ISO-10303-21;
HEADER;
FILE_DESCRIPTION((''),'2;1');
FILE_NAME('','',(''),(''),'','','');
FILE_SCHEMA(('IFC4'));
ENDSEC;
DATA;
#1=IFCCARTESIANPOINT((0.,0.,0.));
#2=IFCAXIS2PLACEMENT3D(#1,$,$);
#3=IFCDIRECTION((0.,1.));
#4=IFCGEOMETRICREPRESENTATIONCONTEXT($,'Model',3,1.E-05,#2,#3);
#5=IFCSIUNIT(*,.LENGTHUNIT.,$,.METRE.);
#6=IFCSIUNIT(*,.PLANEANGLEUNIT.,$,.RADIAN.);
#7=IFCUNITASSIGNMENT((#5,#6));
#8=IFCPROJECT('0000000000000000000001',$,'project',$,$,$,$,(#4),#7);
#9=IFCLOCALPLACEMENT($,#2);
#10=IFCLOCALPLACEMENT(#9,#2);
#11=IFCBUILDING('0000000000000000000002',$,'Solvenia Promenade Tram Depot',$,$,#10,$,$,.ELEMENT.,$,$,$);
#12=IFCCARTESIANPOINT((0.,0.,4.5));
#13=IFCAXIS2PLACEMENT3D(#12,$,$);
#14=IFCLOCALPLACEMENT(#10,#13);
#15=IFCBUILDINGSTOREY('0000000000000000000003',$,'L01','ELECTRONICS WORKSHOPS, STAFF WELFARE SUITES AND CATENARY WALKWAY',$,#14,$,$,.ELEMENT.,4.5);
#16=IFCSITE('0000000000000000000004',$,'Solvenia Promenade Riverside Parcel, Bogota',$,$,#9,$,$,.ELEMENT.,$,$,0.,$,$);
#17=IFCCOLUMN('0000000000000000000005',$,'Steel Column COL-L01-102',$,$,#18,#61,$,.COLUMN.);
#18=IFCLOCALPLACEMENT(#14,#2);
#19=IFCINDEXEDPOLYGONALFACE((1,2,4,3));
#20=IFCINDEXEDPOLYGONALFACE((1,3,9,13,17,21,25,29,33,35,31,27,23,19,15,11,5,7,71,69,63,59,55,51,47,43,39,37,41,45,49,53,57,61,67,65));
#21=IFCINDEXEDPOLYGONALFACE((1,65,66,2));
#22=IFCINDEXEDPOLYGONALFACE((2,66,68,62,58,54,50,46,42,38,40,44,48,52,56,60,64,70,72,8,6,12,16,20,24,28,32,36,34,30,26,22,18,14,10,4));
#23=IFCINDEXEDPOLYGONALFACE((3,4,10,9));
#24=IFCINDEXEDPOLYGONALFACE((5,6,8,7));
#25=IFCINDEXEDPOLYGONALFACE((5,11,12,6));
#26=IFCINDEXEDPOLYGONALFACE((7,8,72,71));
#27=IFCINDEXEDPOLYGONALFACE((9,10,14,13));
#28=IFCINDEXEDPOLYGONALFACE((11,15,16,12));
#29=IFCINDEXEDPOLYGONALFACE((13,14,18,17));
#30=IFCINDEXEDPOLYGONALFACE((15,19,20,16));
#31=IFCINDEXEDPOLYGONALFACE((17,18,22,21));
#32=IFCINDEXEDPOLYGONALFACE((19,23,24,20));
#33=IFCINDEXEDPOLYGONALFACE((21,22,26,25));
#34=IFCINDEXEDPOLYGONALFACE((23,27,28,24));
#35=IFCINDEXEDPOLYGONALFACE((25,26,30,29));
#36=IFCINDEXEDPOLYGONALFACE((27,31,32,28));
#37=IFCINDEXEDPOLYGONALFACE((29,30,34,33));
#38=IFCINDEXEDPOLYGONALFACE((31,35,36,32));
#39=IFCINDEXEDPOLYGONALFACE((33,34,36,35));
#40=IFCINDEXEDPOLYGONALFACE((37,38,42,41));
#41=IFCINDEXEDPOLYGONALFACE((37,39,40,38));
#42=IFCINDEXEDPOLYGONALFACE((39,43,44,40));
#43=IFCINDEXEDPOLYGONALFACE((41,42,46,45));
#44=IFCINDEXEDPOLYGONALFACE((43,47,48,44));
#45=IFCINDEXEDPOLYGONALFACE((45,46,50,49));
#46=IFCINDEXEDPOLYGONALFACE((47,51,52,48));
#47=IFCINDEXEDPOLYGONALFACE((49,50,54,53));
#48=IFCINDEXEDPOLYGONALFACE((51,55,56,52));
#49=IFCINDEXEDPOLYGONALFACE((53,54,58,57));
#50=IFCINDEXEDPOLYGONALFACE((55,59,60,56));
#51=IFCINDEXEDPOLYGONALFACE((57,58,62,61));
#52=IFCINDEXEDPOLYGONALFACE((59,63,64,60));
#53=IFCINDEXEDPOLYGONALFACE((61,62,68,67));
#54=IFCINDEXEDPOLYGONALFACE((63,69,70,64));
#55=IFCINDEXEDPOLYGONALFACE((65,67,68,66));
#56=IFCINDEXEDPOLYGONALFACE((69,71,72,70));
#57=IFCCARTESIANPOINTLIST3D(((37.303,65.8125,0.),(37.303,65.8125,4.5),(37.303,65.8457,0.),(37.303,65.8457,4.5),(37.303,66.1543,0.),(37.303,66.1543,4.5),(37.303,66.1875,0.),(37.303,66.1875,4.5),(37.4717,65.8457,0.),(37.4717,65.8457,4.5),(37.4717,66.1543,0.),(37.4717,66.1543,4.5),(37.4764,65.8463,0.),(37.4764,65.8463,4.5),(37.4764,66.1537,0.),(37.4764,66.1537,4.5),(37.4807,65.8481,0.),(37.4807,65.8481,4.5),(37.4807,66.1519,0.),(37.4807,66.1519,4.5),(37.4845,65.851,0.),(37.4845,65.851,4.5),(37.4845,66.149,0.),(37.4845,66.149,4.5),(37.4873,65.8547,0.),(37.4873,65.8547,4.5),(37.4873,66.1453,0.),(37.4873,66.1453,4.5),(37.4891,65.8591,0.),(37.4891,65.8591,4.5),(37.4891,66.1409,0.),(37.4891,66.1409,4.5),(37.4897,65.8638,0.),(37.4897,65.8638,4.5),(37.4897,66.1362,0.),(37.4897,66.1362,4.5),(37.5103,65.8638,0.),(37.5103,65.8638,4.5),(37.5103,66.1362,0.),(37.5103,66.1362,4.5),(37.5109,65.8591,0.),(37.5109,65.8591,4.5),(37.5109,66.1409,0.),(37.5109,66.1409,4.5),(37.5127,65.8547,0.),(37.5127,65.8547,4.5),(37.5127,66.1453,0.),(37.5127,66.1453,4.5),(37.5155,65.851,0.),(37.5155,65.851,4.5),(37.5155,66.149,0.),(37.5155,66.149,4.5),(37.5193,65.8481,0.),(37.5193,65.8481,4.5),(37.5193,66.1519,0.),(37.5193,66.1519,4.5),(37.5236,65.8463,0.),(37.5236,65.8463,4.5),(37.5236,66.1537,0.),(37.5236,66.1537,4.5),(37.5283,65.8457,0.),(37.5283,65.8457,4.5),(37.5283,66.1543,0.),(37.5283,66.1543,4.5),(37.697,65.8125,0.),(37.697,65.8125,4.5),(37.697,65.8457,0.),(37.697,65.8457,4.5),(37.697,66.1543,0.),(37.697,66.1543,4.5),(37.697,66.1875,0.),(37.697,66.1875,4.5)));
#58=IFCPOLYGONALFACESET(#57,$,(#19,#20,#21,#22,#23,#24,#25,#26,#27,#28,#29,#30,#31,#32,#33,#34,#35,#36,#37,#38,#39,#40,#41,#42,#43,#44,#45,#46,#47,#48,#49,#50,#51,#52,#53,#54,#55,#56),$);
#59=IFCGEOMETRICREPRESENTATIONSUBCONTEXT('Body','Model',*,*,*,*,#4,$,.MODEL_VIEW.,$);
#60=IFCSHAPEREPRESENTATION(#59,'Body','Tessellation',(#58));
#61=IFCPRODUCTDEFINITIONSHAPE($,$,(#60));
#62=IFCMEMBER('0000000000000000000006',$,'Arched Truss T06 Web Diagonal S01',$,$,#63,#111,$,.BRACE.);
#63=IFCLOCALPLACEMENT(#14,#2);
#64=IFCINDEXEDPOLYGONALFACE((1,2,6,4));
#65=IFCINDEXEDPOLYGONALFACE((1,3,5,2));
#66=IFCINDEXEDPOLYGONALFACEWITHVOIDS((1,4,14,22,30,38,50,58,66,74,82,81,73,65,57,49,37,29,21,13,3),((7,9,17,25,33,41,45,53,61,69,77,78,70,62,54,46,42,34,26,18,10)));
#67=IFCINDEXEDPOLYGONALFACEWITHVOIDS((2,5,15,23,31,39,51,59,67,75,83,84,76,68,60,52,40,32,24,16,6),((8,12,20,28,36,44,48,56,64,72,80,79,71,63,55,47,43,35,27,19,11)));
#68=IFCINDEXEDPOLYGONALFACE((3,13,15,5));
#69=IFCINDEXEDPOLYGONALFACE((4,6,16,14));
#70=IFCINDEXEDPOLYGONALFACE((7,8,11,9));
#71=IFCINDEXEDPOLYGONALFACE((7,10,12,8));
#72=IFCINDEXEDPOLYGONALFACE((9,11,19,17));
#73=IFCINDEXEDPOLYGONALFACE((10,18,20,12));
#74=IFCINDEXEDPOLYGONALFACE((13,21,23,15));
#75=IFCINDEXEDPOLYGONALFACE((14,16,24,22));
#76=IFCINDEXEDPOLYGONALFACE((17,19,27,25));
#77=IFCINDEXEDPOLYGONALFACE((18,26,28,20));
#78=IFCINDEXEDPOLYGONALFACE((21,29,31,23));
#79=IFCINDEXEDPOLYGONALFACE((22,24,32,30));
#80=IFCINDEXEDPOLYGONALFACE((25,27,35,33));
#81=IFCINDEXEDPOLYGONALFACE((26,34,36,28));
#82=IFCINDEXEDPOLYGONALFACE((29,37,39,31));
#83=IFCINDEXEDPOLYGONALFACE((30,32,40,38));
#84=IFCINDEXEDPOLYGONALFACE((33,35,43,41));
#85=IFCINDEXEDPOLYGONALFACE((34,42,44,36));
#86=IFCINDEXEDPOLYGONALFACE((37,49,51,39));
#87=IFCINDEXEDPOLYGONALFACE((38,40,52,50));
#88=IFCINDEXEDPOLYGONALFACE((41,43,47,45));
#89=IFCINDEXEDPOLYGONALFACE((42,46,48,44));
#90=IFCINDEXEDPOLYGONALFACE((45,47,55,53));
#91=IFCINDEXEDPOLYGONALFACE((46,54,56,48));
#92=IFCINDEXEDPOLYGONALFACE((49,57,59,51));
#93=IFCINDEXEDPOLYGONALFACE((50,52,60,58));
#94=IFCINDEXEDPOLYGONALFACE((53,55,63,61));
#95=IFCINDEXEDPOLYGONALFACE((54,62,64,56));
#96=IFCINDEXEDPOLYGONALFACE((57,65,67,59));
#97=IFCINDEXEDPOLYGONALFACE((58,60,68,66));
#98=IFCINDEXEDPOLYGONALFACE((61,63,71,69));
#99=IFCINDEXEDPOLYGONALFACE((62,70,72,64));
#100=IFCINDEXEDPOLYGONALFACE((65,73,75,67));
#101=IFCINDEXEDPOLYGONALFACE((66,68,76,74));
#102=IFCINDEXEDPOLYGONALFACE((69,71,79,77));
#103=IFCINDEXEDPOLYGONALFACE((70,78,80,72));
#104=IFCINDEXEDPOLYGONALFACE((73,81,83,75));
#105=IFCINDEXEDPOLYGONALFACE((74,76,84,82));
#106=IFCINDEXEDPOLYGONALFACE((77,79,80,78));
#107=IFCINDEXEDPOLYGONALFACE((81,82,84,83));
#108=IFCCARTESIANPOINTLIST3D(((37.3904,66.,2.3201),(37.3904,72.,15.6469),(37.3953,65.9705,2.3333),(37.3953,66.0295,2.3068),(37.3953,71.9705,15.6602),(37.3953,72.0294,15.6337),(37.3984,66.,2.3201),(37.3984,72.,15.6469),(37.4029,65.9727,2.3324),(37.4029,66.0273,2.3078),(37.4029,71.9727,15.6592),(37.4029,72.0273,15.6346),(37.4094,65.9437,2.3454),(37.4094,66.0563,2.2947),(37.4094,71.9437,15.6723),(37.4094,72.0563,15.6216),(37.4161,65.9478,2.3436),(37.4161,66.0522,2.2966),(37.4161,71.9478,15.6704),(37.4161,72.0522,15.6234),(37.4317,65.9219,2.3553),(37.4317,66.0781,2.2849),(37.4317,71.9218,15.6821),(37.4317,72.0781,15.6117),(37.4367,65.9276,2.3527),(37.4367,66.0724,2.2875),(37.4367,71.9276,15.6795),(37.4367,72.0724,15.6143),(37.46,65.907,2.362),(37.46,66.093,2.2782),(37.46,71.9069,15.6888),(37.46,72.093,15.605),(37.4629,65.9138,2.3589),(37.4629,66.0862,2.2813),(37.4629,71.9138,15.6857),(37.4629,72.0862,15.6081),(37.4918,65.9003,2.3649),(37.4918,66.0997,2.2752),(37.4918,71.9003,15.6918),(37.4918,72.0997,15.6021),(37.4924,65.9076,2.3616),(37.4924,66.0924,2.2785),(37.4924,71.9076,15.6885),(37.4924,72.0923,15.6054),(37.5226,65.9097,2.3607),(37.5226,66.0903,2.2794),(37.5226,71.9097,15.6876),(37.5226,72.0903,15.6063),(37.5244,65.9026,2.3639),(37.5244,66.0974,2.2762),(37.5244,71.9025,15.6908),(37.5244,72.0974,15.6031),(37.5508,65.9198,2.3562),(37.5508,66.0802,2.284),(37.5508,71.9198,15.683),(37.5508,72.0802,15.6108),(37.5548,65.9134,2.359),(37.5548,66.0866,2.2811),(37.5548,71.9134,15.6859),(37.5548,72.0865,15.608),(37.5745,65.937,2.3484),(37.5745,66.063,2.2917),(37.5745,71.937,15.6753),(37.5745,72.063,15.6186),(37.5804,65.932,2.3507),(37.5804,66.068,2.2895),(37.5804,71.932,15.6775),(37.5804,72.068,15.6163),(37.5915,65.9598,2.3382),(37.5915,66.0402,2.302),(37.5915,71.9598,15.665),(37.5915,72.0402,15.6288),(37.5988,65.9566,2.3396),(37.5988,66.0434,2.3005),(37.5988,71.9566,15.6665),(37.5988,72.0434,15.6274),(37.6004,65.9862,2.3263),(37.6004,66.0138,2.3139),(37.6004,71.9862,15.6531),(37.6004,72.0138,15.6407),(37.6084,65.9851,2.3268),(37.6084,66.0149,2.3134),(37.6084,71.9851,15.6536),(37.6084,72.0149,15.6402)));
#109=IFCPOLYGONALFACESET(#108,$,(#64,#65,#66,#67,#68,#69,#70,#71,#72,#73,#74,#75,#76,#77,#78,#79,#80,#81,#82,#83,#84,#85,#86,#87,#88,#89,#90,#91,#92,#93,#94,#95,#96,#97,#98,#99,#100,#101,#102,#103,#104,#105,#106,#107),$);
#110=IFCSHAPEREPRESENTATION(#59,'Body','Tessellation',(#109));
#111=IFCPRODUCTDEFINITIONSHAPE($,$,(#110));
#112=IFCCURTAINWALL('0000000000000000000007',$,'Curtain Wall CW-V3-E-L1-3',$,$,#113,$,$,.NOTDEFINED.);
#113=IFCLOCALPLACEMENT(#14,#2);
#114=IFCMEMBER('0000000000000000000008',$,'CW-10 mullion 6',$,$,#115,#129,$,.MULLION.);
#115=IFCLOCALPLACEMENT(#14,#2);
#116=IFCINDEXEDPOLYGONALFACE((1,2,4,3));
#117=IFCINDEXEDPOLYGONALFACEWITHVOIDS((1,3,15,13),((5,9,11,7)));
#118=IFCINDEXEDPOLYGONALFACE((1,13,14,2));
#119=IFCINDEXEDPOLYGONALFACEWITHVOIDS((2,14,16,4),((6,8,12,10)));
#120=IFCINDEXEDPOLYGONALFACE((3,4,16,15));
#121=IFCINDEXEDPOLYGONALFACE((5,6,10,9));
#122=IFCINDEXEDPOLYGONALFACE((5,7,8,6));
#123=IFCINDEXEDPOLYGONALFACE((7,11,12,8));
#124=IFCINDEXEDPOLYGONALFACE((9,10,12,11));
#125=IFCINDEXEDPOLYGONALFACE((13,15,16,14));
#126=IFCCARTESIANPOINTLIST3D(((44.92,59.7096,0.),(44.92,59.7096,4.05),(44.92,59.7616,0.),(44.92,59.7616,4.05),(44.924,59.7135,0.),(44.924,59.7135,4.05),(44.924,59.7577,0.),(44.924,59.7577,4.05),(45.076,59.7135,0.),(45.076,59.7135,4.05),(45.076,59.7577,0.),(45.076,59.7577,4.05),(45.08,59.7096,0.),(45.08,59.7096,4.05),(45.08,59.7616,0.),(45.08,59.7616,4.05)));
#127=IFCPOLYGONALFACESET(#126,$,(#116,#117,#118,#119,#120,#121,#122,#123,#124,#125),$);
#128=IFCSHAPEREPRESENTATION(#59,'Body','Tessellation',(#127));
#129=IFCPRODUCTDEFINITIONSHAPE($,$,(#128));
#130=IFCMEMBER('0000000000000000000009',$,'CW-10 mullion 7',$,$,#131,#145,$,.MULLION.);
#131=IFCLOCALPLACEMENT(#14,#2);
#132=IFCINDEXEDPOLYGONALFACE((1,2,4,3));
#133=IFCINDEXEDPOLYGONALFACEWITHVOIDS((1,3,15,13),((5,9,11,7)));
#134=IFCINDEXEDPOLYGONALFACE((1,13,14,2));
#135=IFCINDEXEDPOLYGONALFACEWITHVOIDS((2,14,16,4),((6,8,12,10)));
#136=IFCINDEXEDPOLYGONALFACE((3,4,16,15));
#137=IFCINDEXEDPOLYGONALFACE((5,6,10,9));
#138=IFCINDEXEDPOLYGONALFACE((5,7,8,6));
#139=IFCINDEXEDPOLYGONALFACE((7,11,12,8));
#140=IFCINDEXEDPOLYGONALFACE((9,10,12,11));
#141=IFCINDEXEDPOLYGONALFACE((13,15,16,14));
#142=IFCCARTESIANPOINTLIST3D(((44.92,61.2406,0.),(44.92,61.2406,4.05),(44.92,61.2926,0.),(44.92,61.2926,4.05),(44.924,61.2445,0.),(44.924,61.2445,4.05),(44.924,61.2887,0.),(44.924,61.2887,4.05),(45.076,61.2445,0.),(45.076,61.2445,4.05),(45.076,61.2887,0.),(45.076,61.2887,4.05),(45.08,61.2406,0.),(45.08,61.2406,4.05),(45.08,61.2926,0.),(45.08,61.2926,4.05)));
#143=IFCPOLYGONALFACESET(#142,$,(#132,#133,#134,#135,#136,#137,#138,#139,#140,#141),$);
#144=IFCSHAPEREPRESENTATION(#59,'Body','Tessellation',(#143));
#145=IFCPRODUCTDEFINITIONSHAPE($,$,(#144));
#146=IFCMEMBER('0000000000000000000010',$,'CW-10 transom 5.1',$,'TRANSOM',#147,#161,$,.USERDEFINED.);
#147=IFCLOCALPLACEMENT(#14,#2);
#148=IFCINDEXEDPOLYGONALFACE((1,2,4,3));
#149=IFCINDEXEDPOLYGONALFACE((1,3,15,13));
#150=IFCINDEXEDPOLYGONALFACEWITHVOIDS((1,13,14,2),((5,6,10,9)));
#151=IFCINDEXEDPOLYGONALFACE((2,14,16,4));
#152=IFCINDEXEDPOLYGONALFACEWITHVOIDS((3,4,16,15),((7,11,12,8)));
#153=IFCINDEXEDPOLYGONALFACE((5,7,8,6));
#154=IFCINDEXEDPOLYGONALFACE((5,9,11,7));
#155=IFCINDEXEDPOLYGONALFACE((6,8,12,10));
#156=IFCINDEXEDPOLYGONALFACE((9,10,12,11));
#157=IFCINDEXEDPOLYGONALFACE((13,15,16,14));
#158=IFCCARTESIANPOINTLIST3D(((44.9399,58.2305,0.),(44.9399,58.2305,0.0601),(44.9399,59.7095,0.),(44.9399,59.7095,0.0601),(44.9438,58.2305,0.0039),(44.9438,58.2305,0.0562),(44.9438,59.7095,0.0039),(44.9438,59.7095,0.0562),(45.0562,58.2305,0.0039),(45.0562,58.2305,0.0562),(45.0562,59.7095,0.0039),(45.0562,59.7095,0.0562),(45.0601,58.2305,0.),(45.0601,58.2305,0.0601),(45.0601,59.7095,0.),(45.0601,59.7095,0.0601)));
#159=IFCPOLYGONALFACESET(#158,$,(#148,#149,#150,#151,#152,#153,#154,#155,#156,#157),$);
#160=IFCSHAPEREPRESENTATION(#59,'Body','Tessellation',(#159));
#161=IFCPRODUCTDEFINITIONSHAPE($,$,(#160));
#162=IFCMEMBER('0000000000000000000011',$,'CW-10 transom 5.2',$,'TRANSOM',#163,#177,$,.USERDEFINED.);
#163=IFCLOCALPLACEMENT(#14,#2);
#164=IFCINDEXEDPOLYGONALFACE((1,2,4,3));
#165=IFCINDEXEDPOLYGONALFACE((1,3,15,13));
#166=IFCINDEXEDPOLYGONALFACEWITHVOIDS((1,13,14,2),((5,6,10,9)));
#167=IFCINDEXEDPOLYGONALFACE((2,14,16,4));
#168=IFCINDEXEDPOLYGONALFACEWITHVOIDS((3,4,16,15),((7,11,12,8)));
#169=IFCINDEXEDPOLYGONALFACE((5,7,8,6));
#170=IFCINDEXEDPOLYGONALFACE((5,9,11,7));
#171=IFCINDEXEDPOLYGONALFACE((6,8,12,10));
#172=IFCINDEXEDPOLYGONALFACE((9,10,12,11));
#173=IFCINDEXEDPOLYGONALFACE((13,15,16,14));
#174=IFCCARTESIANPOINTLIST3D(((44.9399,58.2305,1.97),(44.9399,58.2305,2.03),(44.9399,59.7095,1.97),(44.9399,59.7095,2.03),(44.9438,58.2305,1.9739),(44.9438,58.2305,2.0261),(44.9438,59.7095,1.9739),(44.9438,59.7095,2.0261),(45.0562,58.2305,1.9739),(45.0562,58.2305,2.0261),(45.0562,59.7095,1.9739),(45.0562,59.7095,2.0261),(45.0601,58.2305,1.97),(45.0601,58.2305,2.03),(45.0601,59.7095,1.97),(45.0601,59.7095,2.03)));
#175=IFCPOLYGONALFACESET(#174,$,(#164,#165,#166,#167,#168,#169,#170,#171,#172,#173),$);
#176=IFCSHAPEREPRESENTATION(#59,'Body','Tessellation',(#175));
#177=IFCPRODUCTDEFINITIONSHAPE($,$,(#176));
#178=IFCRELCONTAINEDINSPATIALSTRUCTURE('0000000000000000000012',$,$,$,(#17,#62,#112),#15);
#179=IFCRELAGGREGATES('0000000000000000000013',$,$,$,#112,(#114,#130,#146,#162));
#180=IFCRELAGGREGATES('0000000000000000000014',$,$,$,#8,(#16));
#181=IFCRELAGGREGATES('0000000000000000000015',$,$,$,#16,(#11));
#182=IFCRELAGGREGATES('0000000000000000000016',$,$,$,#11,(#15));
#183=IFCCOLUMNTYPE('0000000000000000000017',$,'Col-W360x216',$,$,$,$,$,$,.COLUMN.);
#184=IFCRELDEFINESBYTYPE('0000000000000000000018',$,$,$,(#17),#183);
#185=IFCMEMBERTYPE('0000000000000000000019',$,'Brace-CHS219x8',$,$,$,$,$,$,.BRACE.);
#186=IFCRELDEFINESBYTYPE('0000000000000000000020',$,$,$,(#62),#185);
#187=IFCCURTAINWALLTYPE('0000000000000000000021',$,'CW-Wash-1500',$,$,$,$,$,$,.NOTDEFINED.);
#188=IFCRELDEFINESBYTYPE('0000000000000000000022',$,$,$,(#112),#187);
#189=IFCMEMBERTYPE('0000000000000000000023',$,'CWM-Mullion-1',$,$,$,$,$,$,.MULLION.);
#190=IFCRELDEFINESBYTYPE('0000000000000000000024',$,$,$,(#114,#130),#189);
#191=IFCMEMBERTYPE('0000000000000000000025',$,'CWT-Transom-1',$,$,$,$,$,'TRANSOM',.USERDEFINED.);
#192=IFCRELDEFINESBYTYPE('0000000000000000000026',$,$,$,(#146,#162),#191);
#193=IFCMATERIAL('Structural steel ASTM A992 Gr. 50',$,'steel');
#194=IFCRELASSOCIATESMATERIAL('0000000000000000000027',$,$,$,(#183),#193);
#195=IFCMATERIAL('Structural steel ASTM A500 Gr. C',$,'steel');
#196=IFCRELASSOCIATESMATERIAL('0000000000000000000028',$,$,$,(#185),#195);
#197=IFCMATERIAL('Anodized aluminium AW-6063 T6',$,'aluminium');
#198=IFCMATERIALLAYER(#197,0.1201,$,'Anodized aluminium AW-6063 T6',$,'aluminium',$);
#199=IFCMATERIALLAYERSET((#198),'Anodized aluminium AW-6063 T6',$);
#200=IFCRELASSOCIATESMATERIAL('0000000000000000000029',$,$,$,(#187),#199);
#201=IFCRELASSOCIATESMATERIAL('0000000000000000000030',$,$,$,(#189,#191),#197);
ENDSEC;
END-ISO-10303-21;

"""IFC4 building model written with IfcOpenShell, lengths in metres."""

from ifc_helpers import new_model, si_unit, direction, frame, origin, origin_2d, place, context, subcontext, project, spatial, hollow_rectangle, hollow_circle, i_section, extrude, material, layer, layer_set, material_profile, profile_set, type_object, element, aggregate, save


model = new_model("IFC4")

# Units and contexts
model_context = context("Model", 3, precision=1e-05, world=origin(), true_north=direction((0.0, 1.0)))
body_context = subcontext(model_context, "Body", "Model", "MODEL_VIEW")
ifc_project = project(units=[si_unit("LENGTHUNIT", "METRE"), si_unit("PLANEANGLEUNIT", "RADIAN")], contexts=[model_context])

# Site, building, storey
site_placement = place(None, origin())
site = spatial("IfcSite", under=ifc_project, at=site_placement, Name="Solvenia Promenade Riverside Parcel, Bogota", CompositionType="ELEMENT", RefElevation=0.0)
building_placement = place(site_placement, origin())
building = spatial("IfcBuilding", under=site, at=building_placement, Name="Solvenia Promenade Tram Depot", CompositionType="ELEMENT")
storey_placement = place(building_placement, frame((0.0, 0.0, 4.5)))
storey = spatial("IfcBuildingStorey", under=building, at=storey_placement, Name="L01", Description="ELECTRONICS WORKSHOPS, STAFF WELFARE SUITES AND CATENARY WALKWAY", CompositionType="ELEMENT", Elevation=4.5)

# Column
ifc_material_1 = material(Name="Structural steel ASTM A992 Gr. 50", Category="steel")
ifc_material_profile_1 = material_profile(ifc_material_1, i_section(OverallWidth=0.394, OverallDepth=0.375, WebThickness=0.0205, FlangeThickness=0.0332, FilletRadius=0.0181, at=origin_2d()), Name="W360x216", Category="steel")
ifc_profile_set_1 = profile_set([ifc_material_profile_1], Name="Structural steel ASTM A992 Gr. 50")
column_type = type_object("IfcColumnType", Name="Col-W360x216", PredefinedType="COLUMN", material=ifc_profile_set_1)
column_placement = place(storey_placement, frame((37.5, 66.0, 0.0), z_axis=(0.0, 0.0, 1.0), x_axis=(1.0, 0.0, 0.0)))
element("IfcColumn", 1, at=column_placement, inside=storey, type_object=column_type, Name="Steel Column COL-L01-102", PredefinedType="COLUMN", context=body_context, shape_type="SweptSolid", body=[
    extrude(i_section(OverallWidth=0.394, OverallDepth=0.375, WebThickness=0.0205, FlangeThickness=0.0332, FilletRadius=0.0181, at=origin_2d()), origin(), (0.0, 0.0, 1.0), 4.5),
])

# Member
ifc_material_2 = material(Name="Structural steel ASTM A500 Gr. C", Category="steel")
ifc_material_profile_2 = material_profile(ifc_material_2, hollow_circle(Radius=0.1096, WallThickness=0.0081, at=origin_2d()), Name="CHS219.1x8", Category="steel")
ifc_profile_set_2 = profile_set([ifc_material_profile_2], Name="Structural steel ASTM A500 Gr. C")
member_type_1 = type_object("IfcMemberType", Name="Brace-CHS219x8", PredefinedType="BRACE", material=ifc_profile_set_2)
member_1_placement = place(storey_placement, frame((37.5, 66.0, 2.3201), z_axis=(0.0, 0.410529, 0.911847), x_axis=(-1.0, 0.0, 0.0)))
element("IfcMember", 2, at=member_1_placement, inside=storey, type_object=member_type_1, Name="Arched Truss T06 Web Diagonal S01", PredefinedType="BRACE", context=body_context, shape_type="SweptSolid", body=[
    extrude(hollow_circle(Radius=0.1096, WallThickness=0.0081, at=origin_2d()), origin(), (0.0, 0.0, 1.0), 14.6152),
])

# Curtain wall, members
ifc_material_3 = material(Name="Anodized aluminium AW-6063 T6", Category="aluminium")
ifc_layer_1 = layer(ifc_material_3, 0.1201, Name="Anodized aluminium AW-6063 T6", Category="aluminium")
ifc_layer_set_1 = layer_set([ifc_layer_1], Name="Anodized aluminium AW-6063 T6")
curtain_wall_type = type_object("IfcCurtainWallType", Name="CW-Wash-1500", PredefinedType="NOTDEFINED", material=ifc_layer_set_1)
curtain_wall_placement = place(storey_placement, origin())
curtain_wall = element("IfcCurtainWall", 3, at=curtain_wall_placement, inside=storey, type_object=curtain_wall_type, Name="Curtain Wall CW-V3-E-L1-3", PredefinedType="NOTDEFINED")
ifc_material_profile_3 = material_profile(ifc_material_3, hollow_rectangle(XDim=0.1599, YDim=0.052, WallThickness=0.0039, at=origin_2d()), Name="ALU-M1", Category="aluminium")
ifc_profile_set_3 = profile_set([ifc_material_profile_3], Name="Anodized aluminium AW-6063 T6")
member_type_2 = type_object("IfcMemberType", Name="CWM-Mullion-1", PredefinedType="MULLION", material=ifc_profile_set_3)
member_2_placement = place(storey_placement, frame((45.0, 59.7356, 0.0), z_axis=(0.0, 0.0, 1.0), x_axis=(-1.0, 0.0, 0.0)))
member_2 = element("IfcMember", 4, at=member_2_placement, type_object=member_type_2, Name="CW-10 mullion 6", PredefinedType="MULLION", context=body_context, shape_type="SweptSolid", body=[
    extrude(hollow_rectangle(XDim=0.1599, YDim=0.052, WallThickness=0.0039, at=origin_2d()), origin(), (0.0, 0.0, 1.0), 4.05),
])
member_3_placement = place(storey_placement, frame((45.0, 61.2666, 0.0), z_axis=(0.0, 0.0, 1.0), x_axis=(-1.0, 0.0, 0.0)))
member_3 = element("IfcMember", 5, at=member_3_placement, type_object=member_type_2, Name="CW-10 mullion 7", PredefinedType="MULLION", context=body_context, shape_type="SweptSolid", body=[
    extrude(hollow_rectangle(XDim=0.1599, YDim=0.052, WallThickness=0.0039, at=origin_2d()), origin(), (0.0, 0.0, 1.0), 4.05),
])
ifc_material_profile_4 = material_profile(ifc_material_3, hollow_rectangle(XDim=0.1201, YDim=0.0601, WallThickness=0.0039, at=origin_2d()), Name="ALU-T1", Category="aluminium")
ifc_profile_set_4 = profile_set([ifc_material_profile_4], Name="Anodized aluminium AW-6063 T6")
member_type_3 = type_object("IfcMemberType", Name="CWT-Transom-1", ElementType="TRANSOM", PredefinedType="USERDEFINED", material=ifc_profile_set_4)
member_4_placement = place(storey_placement, frame((45.0, 58.2305, 0.03), z_axis=(0.0, 1.0, 0.0), x_axis=(-1.0, 0.0, 0.0)))
member_4 = element("IfcMember", 6, at=member_4_placement, type_object=member_type_3, Name="CW-10 transom 5.1", ObjectType="TRANSOM", PredefinedType="USERDEFINED", context=body_context, shape_type="SweptSolid", body=[
    extrude(hollow_rectangle(XDim=0.1201, YDim=0.0601, WallThickness=0.0039, at=origin_2d()), origin(), (0.0, 0.0, 1.0), 1.479),
])
member_5_placement = place(storey_placement, frame((45.0, 58.2305, 2.0), z_axis=(0.0, 1.0, 0.0), x_axis=(-1.0, 0.0, 0.0)))
member_5 = element("IfcMember", 7, at=member_5_placement, type_object=member_type_3, Name="CW-10 transom 5.2", ObjectType="TRANSOM", PredefinedType="USERDEFINED", context=body_context, shape_type="SweptSolid", body=[
    extrude(hollow_rectangle(XDim=0.1201, YDim=0.0601, WallThickness=0.0039, at=origin_2d()), origin(), (0.0, 0.0, 1.0), 1.479),
])

aggregate(curtain_wall, [member_2, member_3, member_4, member_5])

save(model, "model.ifc")
